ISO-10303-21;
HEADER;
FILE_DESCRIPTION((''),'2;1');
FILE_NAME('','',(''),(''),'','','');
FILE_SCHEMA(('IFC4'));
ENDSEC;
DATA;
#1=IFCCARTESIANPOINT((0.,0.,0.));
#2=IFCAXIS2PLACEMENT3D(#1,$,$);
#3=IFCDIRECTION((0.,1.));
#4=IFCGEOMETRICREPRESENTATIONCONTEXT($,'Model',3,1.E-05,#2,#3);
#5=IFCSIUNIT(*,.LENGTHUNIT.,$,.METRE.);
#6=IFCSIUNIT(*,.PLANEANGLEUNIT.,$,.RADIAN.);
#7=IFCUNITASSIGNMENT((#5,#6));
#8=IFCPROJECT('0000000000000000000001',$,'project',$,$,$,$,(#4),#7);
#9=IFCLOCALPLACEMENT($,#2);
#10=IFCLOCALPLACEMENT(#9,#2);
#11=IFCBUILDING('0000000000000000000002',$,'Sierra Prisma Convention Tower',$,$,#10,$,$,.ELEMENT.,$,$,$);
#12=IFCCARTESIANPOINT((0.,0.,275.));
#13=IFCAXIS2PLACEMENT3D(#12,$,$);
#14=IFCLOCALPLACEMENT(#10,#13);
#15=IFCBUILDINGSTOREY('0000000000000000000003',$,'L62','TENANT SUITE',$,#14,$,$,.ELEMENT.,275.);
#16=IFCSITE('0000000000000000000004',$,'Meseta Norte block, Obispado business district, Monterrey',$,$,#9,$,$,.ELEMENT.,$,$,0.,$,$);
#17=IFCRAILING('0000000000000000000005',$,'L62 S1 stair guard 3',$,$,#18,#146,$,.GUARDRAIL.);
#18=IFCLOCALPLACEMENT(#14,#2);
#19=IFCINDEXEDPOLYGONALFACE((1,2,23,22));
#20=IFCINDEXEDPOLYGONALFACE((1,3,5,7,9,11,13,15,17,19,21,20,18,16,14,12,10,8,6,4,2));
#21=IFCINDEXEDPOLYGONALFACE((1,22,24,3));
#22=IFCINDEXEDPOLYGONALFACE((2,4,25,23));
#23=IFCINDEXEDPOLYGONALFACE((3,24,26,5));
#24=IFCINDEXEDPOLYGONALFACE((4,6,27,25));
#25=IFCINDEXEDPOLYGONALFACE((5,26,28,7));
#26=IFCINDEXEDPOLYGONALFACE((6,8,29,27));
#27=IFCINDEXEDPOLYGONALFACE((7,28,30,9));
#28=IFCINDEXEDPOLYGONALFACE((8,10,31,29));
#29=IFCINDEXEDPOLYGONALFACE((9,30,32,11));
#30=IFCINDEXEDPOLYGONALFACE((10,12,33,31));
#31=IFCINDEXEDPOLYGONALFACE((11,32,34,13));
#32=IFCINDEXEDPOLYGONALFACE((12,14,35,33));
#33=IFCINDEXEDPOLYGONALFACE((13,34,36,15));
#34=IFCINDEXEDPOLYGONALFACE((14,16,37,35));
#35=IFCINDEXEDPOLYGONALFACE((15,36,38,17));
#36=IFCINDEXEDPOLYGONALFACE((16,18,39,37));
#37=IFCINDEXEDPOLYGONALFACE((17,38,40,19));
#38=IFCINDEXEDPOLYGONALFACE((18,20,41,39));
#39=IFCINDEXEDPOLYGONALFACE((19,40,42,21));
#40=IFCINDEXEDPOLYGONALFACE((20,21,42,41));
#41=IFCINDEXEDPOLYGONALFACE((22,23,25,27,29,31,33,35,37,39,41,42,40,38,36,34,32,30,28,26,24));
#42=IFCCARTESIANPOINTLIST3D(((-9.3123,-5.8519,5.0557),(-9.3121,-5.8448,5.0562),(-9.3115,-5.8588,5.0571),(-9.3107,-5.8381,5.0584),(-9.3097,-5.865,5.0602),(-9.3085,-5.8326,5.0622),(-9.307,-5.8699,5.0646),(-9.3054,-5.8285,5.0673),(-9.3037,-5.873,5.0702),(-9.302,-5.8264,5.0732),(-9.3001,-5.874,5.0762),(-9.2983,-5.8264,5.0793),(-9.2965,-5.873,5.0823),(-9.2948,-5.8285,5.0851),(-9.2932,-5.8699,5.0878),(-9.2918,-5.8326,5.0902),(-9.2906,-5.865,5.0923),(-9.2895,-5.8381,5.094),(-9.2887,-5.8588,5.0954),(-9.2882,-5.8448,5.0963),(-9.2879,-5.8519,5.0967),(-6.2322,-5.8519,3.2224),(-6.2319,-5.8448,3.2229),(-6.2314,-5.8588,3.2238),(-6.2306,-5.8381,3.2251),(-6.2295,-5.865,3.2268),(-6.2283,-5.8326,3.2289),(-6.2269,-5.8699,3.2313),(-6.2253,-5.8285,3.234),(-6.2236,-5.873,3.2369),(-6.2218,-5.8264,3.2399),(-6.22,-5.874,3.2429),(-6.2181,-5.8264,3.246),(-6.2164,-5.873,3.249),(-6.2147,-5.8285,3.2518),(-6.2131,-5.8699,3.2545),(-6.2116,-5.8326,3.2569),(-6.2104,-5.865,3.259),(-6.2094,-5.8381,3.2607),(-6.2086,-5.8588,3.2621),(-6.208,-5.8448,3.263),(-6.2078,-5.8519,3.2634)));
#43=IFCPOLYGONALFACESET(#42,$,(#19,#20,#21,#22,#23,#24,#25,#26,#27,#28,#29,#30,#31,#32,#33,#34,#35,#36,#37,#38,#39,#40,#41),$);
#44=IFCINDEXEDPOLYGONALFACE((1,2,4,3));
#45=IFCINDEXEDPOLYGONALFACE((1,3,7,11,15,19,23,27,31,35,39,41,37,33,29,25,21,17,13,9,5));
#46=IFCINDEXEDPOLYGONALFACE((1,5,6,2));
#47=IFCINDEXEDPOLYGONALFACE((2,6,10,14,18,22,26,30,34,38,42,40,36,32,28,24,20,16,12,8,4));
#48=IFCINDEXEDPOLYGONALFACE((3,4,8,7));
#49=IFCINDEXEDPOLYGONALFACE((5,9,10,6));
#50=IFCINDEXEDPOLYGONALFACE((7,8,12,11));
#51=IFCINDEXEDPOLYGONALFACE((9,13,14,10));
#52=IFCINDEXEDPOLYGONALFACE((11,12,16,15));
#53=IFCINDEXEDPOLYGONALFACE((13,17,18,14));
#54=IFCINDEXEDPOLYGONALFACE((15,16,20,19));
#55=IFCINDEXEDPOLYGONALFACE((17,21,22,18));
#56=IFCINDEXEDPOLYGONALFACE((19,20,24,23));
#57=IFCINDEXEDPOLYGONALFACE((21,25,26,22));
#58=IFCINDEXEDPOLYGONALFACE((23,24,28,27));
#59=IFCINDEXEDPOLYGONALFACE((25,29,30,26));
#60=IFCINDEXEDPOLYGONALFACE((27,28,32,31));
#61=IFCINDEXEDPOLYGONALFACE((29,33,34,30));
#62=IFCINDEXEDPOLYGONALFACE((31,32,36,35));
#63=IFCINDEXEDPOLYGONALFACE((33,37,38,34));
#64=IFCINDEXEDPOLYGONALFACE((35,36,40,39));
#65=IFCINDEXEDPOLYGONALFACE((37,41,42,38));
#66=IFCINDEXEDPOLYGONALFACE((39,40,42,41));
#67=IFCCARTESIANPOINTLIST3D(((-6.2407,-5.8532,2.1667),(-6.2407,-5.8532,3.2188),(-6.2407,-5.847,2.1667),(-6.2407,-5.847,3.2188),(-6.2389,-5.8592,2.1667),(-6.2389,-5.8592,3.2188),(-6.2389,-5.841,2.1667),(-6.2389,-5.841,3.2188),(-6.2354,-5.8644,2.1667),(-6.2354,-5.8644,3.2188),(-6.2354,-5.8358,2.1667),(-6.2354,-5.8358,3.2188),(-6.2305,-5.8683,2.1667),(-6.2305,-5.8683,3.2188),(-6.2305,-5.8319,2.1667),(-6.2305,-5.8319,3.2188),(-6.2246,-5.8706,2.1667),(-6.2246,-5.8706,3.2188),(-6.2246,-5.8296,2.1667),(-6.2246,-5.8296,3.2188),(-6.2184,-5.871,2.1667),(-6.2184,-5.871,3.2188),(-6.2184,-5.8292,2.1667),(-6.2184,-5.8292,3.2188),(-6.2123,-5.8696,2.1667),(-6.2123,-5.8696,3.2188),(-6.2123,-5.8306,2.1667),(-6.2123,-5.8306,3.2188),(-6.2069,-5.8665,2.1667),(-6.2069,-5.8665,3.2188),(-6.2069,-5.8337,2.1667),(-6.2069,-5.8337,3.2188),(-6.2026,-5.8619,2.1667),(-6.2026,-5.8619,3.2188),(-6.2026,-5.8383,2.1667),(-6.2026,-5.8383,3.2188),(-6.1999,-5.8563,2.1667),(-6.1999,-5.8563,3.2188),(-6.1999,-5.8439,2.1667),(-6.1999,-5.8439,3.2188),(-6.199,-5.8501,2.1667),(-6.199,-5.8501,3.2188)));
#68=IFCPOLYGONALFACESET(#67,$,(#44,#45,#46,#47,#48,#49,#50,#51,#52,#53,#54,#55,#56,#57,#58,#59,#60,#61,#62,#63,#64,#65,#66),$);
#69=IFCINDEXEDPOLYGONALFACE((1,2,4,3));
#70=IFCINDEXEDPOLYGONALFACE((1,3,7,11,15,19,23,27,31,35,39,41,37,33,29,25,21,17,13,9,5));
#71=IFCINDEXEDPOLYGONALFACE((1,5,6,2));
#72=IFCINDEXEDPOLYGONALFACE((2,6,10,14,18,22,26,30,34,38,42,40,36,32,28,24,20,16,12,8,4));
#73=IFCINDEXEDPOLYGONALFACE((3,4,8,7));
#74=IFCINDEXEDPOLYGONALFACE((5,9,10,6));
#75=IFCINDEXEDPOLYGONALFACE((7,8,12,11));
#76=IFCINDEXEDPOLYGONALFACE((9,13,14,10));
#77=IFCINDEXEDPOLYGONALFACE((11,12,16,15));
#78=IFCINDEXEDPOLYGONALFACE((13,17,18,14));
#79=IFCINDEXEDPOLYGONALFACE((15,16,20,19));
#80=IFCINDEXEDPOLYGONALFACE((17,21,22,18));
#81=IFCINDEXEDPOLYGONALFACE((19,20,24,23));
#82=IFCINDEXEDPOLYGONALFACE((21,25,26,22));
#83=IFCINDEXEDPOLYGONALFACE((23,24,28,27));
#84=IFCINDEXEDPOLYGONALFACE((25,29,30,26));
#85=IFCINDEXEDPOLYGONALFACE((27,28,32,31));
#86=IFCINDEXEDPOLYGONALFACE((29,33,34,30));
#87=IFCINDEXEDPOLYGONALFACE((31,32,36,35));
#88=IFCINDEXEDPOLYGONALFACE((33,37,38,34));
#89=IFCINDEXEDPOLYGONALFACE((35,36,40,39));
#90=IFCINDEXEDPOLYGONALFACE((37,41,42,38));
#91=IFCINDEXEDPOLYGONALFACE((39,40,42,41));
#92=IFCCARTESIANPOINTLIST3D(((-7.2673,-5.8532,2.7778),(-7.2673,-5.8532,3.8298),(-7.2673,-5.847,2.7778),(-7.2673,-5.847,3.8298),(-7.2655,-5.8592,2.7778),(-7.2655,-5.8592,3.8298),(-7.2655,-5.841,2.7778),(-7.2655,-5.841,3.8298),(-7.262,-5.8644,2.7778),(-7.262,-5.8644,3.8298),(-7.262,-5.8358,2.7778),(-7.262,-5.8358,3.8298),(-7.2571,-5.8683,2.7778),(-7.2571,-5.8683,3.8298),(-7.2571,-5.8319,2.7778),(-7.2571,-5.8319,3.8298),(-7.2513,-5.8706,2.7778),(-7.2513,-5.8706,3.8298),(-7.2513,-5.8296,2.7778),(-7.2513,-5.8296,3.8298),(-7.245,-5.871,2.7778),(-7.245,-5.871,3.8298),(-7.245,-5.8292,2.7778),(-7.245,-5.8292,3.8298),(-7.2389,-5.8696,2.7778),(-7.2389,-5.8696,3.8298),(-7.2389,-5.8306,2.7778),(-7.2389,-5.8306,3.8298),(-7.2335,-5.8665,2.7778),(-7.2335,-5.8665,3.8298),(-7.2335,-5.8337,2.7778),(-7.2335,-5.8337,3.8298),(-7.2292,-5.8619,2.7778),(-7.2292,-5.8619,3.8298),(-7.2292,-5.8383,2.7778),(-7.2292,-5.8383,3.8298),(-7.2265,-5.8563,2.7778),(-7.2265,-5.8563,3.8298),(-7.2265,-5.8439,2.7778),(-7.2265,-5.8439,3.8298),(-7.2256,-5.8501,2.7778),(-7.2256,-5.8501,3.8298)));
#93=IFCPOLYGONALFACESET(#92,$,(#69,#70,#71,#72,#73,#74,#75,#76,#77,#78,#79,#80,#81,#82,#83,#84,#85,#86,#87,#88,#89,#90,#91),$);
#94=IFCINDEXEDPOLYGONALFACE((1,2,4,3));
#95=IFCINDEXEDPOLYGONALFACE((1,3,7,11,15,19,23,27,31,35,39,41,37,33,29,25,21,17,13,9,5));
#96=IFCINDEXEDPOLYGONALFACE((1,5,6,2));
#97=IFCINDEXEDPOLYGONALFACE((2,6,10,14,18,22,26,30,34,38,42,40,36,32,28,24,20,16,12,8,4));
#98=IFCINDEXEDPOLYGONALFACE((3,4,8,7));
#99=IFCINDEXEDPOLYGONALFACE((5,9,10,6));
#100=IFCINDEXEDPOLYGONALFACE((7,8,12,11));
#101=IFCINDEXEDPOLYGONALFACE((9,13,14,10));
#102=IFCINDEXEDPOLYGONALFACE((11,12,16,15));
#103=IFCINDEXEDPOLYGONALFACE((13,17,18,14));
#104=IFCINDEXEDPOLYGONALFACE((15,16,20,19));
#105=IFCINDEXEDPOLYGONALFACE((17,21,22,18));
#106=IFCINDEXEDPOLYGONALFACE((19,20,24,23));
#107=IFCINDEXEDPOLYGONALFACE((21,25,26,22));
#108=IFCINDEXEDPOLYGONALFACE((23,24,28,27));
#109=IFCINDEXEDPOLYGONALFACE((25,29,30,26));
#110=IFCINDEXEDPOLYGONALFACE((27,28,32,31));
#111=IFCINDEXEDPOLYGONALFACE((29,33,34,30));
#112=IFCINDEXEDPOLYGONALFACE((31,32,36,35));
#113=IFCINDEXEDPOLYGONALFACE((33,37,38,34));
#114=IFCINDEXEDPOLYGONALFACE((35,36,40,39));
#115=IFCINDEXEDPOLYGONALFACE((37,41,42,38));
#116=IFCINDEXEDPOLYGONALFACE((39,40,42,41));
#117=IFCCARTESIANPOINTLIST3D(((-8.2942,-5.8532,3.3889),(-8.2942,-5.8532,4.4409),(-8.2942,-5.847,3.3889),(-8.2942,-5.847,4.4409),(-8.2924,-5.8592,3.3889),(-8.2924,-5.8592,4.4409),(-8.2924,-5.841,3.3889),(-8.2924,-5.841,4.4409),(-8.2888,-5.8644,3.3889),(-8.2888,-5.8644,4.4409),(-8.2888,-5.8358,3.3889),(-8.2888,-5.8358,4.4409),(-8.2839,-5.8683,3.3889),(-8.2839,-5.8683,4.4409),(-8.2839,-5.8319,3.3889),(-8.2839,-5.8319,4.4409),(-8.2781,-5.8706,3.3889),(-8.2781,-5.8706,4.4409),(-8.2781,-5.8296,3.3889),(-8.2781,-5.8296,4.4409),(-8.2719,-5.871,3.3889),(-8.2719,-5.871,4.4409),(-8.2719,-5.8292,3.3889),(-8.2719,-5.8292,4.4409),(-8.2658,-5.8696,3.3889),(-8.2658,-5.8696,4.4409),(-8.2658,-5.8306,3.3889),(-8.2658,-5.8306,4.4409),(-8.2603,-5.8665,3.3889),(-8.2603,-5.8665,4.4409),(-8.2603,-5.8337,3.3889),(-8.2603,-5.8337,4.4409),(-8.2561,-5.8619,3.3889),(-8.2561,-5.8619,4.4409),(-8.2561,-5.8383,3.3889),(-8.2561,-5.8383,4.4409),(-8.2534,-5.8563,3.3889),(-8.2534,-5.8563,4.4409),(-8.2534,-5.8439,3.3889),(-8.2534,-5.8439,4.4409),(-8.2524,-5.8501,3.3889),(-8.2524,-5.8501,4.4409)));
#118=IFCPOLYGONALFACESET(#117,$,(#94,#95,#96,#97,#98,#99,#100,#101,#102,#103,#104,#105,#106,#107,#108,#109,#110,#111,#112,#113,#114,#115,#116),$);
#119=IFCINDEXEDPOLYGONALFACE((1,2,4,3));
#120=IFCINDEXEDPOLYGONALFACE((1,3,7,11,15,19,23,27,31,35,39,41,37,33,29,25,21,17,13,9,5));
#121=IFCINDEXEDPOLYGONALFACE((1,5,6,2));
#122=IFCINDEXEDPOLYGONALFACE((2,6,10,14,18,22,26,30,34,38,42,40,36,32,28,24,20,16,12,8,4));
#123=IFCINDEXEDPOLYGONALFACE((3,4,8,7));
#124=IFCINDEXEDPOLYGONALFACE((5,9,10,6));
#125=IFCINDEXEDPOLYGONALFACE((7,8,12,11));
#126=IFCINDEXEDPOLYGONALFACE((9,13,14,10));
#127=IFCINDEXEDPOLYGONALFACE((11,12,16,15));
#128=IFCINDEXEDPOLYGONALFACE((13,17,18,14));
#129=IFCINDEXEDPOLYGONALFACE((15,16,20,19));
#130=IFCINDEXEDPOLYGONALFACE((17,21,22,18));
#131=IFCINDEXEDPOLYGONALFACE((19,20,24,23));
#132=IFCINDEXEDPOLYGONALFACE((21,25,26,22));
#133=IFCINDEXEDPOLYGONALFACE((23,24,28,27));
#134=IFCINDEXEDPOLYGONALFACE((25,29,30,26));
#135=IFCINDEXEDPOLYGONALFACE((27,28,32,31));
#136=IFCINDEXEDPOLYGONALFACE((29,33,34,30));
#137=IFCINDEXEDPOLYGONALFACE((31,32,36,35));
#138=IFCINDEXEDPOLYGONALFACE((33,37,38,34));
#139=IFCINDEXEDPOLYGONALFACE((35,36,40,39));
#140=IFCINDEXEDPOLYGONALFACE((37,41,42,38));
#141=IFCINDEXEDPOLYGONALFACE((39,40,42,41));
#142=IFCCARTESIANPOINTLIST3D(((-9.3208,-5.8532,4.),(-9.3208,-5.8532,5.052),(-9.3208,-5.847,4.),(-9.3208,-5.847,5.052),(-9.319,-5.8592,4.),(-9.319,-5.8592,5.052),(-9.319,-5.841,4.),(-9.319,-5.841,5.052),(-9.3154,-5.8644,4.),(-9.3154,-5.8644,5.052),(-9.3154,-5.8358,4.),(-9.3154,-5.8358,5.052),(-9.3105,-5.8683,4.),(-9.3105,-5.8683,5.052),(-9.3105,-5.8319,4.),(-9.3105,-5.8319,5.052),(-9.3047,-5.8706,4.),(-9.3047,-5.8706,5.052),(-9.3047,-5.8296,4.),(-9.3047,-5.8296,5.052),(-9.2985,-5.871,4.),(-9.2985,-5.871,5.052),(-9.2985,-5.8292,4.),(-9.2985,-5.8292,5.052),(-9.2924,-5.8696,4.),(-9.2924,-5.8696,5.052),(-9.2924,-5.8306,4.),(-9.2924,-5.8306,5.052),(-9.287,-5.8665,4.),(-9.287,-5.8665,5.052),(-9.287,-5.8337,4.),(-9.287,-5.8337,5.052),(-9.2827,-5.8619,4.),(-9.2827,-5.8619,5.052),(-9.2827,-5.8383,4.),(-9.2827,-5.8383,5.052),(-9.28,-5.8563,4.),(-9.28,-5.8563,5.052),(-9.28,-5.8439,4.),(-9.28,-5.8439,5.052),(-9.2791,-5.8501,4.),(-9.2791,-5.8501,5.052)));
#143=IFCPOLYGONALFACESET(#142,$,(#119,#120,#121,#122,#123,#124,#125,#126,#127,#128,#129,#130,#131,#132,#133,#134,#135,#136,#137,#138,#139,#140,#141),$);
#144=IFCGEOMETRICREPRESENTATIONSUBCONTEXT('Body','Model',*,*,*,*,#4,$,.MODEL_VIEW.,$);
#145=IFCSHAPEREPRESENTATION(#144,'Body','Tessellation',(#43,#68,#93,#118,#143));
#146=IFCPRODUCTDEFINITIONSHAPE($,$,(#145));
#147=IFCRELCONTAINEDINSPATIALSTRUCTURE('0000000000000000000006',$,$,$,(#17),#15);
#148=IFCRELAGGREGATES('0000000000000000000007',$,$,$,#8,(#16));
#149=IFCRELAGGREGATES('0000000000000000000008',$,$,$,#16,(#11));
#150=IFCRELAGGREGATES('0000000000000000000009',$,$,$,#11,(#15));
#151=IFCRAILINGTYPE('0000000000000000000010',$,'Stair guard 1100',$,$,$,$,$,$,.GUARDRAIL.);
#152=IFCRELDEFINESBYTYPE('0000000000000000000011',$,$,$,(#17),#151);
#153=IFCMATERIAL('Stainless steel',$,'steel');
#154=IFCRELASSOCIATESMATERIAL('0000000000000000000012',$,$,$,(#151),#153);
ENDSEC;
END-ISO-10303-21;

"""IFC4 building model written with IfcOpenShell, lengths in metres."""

from ifc_helpers import new_model, si_unit, direction, frame, origin, origin_2d, place, context, subcontext, project, spatial, circle, extrude, material, type_object, element, save


model = new_model("IFC4")

# Units and contexts
model_context = context("Model", 3, precision=1e-05, world=origin(), true_north=direction((0.0, 1.0)))
body_context = subcontext(model_context, "Body", "Model", "MODEL_VIEW")
ifc_project = project(units=[si_unit("LENGTHUNIT", "METRE"), si_unit("PLANEANGLEUNIT", "RADIAN")], contexts=[model_context])

# Site, building, storey
site_placement = place(None, origin())
site = spatial("IfcSite", under=ifc_project, at=site_placement, Name="Meseta Norte block, Obispado business district, Monterrey", CompositionType="ELEMENT", RefElevation=0.0)
building_placement = place(site_placement, origin())
building = spatial("IfcBuilding", under=site, at=building_placement, Name="Sierra Prisma Convention Tower", CompositionType="ELEMENT")
storey_placement = place(building_placement, frame((0.0, 0.0, 275.0)))
storey = spatial("IfcBuildingStorey", under=building, at=storey_placement, Name="L62", Description="TENANT SUITE", CompositionType="ELEMENT", Elevation=275.0)

# Railing
ifc_material_1 = material(Name="Stainless steel", Category="steel")
railing_type_1 = type_object("IfcRailingType", Name="Stair guard 1100", PredefinedType="GUARDRAIL", material=ifc_material_1)
railing_1_placement = place(storey_placement, frame((-6.22, -5.8501, 2.1667)))
element("IfcRailing", 1, at=railing_1_placement, inside=storey, type_object=railing_type_1, Name="L62 S1 stair guard 3", PredefinedType="GUARDRAIL", context=body_context, shape_type="SweptSolid", body=[
    extrude(circle(Radius=0.0239, at=origin_2d()), frame((0.0, 0.0, 1.0762), z_axis=(-0.859309, 0.0, 0.511458), x_axis=(0.0, -1.0, 0.0)), (0.0, 0.0, 1.0), 3.5845),
    extrude(circle(Radius=0.021, at=origin_2d()), origin(), (0.0, 0.0, 1.0), 1.052),
    extrude(circle(Radius=0.021, at=origin_2d()), frame((-1.0266, 0.0, 0.6111)), (0.0, 0.0, 1.0), 1.052),
    extrude(circle(Radius=0.021, at=origin_2d()), frame((-2.0535, 0.0, 1.2222)), (0.0, 0.0, 1.0), 1.052),
    extrude(circle(Radius=0.021, at=origin_2d()), frame((-3.0801, 0.0, 1.8333)), (0.0, 0.0, 1.0), 1.052),
])

save(model, "model.ifc")
